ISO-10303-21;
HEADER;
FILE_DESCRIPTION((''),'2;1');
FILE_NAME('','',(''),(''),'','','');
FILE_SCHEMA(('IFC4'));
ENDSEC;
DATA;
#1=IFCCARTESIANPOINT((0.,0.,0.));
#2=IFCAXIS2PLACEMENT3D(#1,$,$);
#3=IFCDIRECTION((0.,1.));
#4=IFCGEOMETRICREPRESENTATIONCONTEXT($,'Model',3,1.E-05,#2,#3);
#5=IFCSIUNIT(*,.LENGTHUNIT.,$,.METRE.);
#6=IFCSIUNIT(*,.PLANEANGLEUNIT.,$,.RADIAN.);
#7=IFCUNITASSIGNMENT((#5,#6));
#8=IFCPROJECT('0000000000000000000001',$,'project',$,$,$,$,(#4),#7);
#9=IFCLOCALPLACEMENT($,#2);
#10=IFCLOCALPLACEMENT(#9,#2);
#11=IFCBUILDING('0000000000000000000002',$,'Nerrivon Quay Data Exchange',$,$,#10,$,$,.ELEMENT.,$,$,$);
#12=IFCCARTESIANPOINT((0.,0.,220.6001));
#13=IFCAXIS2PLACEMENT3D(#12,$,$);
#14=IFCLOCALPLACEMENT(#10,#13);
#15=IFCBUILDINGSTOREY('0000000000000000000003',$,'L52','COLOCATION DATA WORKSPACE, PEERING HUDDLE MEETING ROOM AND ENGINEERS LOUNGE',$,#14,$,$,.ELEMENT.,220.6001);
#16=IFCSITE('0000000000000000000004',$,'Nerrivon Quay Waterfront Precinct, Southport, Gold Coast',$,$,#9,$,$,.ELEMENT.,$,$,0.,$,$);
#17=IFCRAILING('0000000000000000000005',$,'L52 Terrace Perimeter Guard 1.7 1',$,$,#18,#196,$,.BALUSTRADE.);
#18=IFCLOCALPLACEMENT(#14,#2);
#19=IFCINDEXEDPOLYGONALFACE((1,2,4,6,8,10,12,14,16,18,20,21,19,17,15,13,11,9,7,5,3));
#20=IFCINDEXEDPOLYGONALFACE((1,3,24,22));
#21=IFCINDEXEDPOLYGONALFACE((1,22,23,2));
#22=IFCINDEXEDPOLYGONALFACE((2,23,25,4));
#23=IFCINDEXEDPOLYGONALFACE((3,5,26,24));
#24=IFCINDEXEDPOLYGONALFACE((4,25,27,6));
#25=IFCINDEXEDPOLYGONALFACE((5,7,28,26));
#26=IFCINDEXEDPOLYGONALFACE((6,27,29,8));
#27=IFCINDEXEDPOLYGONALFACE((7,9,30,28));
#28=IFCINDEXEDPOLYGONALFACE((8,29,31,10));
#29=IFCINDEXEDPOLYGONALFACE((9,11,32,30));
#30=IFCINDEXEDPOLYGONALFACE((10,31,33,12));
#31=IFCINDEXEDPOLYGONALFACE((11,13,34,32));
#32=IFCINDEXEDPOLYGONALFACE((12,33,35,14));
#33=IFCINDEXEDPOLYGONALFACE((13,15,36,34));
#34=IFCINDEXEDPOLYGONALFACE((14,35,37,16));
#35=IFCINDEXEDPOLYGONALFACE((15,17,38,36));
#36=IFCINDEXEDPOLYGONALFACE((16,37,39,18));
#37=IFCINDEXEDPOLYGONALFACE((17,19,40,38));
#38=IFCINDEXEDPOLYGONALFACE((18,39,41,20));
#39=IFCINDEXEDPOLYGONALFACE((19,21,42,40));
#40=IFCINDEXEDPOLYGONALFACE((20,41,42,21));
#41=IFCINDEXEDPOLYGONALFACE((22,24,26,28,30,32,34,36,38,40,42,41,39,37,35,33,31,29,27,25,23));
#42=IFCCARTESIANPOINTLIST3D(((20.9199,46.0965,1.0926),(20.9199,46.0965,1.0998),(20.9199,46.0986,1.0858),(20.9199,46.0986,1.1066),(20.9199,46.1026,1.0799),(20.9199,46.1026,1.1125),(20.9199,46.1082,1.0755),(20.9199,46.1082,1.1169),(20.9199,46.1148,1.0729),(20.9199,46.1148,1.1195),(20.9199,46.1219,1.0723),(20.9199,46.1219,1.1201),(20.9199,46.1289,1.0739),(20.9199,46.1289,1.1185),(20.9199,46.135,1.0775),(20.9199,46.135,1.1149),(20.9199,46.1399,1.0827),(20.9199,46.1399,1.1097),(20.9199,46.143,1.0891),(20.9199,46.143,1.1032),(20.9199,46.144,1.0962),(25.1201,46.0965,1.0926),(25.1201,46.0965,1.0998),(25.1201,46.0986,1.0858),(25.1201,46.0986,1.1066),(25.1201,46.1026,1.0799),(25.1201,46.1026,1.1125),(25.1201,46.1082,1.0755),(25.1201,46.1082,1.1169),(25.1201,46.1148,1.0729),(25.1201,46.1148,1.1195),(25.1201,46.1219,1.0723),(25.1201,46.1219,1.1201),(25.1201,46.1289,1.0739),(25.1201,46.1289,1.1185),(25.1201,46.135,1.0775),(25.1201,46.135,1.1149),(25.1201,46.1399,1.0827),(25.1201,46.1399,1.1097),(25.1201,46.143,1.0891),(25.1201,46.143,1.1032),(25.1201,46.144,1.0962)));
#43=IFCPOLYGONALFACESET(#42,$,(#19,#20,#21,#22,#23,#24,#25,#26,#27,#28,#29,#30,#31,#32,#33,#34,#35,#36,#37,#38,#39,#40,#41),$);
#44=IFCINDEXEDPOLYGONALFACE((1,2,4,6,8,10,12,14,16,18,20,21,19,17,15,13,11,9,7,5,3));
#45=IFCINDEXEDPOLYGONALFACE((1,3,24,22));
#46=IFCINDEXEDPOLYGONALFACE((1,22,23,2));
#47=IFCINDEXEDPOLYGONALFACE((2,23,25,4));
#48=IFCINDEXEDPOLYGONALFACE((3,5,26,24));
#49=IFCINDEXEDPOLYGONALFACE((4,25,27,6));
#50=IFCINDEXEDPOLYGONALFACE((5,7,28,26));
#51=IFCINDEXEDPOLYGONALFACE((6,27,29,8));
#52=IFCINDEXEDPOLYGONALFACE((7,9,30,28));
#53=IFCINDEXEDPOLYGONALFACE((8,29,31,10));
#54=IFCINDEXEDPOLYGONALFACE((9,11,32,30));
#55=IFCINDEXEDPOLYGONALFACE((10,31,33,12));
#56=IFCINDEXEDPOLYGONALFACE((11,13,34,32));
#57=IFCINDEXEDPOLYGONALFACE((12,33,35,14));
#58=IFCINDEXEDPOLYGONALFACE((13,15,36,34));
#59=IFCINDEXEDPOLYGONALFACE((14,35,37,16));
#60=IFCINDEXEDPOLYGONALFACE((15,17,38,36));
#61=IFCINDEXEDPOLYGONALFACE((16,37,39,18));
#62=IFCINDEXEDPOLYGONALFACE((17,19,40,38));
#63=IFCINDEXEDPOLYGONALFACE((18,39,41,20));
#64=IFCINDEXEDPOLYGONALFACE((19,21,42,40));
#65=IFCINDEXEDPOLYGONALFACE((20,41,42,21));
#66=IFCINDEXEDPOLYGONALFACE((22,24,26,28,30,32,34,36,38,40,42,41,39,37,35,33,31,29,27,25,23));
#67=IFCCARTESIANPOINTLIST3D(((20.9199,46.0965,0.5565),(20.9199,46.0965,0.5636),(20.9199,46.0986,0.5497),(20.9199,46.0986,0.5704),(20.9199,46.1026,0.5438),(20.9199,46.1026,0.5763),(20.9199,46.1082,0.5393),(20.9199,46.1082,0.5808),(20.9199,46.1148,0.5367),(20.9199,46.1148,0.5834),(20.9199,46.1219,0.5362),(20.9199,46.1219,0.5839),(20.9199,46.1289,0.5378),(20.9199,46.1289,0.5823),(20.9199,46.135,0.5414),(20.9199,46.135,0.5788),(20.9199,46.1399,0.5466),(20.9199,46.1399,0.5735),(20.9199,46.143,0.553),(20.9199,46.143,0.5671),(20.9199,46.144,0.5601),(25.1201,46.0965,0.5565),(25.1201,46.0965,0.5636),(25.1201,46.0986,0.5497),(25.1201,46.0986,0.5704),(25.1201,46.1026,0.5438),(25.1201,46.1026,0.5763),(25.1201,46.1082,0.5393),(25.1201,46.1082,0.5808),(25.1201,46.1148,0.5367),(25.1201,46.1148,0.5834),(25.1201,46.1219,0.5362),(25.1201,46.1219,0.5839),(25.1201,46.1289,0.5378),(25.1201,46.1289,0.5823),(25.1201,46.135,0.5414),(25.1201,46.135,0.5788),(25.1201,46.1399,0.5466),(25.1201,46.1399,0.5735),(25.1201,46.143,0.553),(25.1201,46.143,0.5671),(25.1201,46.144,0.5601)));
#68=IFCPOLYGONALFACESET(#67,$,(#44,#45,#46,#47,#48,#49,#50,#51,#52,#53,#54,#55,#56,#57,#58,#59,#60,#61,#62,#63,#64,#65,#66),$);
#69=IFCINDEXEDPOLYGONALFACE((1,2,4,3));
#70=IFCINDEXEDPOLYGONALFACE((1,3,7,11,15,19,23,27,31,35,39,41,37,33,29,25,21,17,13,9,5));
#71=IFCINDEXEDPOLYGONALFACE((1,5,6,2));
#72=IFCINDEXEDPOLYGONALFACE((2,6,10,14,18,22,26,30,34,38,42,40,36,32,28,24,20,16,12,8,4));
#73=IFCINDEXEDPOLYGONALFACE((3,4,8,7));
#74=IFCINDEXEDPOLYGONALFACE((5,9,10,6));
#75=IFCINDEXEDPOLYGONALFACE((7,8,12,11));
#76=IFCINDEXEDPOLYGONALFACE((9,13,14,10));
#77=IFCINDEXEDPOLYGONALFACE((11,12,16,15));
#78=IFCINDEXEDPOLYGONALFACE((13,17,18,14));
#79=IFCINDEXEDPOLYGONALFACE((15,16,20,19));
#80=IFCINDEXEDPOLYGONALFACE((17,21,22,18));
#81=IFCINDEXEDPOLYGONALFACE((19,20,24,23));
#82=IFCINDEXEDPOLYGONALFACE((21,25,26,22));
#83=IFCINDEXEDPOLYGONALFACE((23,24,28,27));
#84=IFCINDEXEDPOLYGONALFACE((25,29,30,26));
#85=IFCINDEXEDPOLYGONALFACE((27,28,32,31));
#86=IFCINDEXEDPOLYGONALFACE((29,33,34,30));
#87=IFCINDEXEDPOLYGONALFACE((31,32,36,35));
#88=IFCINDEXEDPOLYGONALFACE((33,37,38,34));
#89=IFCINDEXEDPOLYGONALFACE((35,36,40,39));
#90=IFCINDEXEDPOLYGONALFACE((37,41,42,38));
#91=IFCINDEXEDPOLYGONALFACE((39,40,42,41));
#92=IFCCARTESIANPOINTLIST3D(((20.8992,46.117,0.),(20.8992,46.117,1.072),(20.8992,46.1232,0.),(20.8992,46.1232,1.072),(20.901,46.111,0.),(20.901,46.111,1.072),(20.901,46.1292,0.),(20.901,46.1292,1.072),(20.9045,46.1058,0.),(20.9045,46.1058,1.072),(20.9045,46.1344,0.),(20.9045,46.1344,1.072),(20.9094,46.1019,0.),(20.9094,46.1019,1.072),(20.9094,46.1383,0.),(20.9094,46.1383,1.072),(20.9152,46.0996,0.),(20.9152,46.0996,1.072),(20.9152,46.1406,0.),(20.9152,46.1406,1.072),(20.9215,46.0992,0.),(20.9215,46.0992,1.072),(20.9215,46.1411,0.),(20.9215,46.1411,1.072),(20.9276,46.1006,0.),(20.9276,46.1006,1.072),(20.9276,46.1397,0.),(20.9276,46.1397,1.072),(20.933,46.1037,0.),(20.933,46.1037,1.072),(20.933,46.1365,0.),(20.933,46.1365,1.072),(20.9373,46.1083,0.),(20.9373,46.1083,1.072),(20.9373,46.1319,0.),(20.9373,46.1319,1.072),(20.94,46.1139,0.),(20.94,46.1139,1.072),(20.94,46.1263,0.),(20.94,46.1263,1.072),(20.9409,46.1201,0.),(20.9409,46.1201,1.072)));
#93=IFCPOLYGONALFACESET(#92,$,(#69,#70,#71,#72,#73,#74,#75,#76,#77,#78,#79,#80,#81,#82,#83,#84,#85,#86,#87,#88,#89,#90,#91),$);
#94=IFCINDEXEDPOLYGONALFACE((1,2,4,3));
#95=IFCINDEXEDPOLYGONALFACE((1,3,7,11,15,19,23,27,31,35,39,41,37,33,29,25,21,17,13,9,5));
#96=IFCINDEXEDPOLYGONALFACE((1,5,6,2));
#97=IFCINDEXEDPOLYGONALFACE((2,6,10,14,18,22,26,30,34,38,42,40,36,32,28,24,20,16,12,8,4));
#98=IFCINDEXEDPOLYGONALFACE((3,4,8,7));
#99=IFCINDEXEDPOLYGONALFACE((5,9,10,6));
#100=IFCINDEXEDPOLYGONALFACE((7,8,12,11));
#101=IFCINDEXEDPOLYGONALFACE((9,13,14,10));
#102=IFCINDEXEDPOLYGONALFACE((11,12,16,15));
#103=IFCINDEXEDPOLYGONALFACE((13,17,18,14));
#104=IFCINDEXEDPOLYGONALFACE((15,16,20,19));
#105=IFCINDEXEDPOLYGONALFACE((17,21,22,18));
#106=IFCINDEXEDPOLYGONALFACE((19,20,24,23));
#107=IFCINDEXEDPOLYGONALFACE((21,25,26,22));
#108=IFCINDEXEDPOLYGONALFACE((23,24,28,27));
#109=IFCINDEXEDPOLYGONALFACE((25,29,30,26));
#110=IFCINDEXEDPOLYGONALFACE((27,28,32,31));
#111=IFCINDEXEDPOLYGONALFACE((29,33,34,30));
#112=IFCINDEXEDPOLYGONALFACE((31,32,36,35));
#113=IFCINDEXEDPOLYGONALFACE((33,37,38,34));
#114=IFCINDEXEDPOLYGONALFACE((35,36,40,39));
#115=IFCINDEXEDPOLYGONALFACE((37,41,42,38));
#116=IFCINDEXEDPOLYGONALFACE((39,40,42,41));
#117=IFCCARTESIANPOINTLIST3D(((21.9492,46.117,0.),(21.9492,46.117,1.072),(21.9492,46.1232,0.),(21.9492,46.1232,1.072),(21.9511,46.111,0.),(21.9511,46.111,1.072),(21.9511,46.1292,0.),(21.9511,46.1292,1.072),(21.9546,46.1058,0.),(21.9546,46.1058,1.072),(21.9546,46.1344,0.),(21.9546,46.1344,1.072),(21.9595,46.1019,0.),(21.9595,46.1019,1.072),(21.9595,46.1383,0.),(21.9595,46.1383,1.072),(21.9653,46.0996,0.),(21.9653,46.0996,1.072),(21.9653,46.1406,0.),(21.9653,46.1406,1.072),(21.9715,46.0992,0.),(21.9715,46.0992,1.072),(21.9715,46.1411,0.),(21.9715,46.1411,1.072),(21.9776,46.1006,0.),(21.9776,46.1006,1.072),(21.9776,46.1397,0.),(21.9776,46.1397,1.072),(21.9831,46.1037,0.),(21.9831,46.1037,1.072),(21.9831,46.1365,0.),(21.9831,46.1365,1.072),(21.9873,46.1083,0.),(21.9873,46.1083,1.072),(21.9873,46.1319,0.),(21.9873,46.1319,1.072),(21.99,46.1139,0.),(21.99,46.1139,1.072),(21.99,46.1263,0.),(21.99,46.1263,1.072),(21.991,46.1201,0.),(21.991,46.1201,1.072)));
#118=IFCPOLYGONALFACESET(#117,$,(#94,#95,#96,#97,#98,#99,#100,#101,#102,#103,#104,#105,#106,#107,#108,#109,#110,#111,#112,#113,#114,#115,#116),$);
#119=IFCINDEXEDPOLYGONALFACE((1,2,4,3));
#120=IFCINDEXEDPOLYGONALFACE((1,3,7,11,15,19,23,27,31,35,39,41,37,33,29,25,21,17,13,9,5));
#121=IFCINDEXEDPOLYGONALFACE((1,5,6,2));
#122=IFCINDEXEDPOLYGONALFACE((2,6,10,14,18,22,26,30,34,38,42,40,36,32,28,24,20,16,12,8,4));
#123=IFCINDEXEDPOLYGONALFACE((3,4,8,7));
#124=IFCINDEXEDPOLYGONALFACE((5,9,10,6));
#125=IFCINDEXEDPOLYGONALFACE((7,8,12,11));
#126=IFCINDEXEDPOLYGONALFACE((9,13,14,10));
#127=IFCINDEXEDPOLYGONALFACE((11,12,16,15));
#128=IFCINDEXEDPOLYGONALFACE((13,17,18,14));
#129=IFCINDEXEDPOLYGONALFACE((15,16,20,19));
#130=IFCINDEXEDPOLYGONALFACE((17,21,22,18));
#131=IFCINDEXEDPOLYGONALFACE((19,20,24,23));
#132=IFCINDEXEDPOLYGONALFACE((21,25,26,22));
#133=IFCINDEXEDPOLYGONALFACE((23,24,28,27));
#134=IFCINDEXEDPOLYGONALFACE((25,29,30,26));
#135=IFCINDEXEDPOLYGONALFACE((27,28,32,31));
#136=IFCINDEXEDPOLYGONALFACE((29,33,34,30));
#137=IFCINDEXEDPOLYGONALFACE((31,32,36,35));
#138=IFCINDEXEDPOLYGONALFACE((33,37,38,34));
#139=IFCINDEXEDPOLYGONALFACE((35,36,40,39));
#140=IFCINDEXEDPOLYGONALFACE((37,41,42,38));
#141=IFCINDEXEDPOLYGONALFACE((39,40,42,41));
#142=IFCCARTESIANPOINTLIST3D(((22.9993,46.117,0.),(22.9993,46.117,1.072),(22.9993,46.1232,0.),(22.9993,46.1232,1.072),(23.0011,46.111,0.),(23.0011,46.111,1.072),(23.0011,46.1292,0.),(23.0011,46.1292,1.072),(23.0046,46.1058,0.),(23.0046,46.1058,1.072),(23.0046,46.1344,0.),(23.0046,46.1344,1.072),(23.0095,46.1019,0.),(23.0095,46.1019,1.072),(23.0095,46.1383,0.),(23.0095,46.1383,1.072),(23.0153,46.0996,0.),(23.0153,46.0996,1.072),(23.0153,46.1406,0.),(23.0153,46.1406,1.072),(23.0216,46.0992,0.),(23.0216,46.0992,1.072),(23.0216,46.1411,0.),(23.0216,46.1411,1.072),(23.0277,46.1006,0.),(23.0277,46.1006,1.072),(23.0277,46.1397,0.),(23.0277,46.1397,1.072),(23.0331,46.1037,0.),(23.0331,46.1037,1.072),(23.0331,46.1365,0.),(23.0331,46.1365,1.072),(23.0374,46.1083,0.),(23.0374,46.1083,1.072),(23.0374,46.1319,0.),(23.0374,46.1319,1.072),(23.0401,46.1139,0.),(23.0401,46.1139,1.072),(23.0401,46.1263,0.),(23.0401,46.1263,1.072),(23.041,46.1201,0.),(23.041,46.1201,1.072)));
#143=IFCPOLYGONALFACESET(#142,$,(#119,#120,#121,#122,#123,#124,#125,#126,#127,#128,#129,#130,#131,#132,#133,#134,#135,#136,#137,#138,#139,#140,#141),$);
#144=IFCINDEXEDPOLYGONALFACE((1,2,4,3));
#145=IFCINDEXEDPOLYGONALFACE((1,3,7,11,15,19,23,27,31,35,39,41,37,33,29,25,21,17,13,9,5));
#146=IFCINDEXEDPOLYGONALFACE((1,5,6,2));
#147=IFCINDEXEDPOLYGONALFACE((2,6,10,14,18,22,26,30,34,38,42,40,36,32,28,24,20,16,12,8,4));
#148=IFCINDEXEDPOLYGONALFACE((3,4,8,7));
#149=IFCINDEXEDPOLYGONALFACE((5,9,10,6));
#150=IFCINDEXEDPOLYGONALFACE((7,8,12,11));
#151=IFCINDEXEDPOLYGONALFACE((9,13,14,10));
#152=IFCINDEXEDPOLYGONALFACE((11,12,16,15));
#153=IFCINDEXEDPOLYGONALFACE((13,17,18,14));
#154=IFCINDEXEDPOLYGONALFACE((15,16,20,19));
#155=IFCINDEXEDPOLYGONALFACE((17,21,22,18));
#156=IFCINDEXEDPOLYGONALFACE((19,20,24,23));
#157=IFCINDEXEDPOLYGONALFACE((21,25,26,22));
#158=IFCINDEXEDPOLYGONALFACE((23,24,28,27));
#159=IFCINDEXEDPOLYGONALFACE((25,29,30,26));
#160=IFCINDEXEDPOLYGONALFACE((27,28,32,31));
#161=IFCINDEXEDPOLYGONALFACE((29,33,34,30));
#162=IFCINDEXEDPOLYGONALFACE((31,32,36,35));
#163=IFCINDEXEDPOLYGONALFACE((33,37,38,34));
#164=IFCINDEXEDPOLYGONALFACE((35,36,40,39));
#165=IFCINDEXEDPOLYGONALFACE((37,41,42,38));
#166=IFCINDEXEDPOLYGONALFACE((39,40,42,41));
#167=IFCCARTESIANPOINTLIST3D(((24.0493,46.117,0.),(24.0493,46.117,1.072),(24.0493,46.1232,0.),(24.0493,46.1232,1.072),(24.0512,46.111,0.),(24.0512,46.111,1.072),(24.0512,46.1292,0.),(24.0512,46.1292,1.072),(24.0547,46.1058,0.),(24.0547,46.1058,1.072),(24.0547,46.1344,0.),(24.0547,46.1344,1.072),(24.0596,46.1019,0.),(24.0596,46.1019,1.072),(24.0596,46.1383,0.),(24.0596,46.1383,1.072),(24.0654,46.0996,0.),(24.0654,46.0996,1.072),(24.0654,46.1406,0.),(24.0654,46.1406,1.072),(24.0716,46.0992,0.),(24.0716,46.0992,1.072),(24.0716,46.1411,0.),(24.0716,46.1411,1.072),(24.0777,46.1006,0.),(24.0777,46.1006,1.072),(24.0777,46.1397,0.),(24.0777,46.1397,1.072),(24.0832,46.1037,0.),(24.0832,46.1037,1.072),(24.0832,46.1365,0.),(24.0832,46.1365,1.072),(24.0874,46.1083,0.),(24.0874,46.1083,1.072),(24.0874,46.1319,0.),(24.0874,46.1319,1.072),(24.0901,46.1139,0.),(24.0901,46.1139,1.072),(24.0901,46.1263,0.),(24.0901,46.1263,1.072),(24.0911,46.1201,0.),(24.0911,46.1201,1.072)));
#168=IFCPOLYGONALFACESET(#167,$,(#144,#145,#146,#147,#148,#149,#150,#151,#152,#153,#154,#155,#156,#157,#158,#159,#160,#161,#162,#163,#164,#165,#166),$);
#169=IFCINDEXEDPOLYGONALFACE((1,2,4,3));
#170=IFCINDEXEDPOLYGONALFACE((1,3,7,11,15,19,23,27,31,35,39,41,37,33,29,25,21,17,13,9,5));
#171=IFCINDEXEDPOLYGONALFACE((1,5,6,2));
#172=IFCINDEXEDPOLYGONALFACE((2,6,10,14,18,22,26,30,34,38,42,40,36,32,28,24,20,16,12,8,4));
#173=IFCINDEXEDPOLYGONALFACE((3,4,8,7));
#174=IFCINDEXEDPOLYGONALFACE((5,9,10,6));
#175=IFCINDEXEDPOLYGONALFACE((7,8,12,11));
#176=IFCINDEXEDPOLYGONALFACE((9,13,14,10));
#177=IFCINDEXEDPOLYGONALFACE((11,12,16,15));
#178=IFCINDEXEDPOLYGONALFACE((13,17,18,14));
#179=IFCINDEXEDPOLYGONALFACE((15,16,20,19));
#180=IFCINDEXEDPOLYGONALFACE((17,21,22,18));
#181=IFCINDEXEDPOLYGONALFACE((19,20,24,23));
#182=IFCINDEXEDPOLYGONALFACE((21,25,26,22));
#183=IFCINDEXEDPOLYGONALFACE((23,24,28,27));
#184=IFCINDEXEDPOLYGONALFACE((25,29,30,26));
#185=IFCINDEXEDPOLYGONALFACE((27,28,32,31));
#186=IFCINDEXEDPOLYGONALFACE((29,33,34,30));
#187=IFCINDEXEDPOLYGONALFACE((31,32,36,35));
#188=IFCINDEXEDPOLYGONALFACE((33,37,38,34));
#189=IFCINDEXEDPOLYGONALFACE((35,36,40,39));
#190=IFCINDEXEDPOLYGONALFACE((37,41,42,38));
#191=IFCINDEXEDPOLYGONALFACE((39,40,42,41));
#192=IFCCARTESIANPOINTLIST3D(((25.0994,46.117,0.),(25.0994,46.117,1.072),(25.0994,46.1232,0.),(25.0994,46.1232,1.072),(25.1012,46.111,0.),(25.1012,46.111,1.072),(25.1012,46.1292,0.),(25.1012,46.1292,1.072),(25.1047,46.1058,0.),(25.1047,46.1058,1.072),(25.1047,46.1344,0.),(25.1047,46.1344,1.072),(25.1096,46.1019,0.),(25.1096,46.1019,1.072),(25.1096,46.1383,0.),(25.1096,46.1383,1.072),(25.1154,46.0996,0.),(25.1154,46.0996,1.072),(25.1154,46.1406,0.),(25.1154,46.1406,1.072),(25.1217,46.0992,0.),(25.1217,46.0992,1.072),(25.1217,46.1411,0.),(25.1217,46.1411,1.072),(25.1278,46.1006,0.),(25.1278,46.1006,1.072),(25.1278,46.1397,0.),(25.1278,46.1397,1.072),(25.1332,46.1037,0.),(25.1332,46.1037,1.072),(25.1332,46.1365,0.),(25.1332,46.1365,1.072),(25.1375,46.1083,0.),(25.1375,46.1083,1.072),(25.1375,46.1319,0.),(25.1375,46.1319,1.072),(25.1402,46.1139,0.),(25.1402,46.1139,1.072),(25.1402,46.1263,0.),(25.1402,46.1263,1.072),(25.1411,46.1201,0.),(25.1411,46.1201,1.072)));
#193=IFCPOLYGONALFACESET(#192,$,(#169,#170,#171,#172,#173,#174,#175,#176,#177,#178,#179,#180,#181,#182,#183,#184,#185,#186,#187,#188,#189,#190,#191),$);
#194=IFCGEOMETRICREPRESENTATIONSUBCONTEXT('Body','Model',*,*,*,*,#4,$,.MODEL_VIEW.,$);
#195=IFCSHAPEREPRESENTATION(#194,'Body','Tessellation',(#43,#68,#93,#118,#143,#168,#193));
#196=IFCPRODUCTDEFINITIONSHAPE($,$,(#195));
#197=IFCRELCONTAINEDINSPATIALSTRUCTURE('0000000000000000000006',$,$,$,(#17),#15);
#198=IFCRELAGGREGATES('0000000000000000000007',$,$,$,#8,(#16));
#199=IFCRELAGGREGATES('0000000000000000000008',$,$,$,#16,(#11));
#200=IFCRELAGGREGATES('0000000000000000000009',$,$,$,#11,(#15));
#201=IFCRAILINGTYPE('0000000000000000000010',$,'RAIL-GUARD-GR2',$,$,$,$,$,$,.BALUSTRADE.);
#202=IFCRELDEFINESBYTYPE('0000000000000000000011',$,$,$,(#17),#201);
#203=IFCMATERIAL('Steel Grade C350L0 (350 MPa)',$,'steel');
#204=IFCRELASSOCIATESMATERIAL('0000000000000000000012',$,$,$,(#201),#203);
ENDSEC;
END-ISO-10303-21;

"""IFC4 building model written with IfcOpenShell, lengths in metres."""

from ifc_helpers import new_model, si_unit, direction, frame, origin, origin_2d, place, context, subcontext, project, spatial, circle, extrude, material, type_object, element, save


model = new_model("IFC4")

# Units and contexts
model_context = context("Model", 3, precision=1e-05, world=origin(), true_north=direction((0.0, 1.0)))
body_context = subcontext(model_context, "Body", "Model", "MODEL_VIEW")
ifc_project = project(units=[si_unit("LENGTHUNIT", "METRE"), si_unit("PLANEANGLEUNIT", "RADIAN")], contexts=[model_context])

# Site, building, storey
site_placement = place(None, origin())
site = spatial("IfcSite", under=ifc_project, at=site_placement, Name="Nerrivon Quay Waterfront Precinct, Southport, Gold Coast", CompositionType="ELEMENT", RefElevation=0.0)
building_placement = place(site_placement, origin())
building = spatial("IfcBuilding", under=site, at=building_placement, Name="Nerrivon Quay Data Exchange", CompositionType="ELEMENT")
storey_placement = place(building_placement, frame((0.0, 0.0, 220.6001)))
storey = spatial("IfcBuildingStorey", under=building, at=storey_placement, Name="L52", Description="COLOCATION DATA WORKSPACE, PEERING HUDDLE MEETING ROOM AND ENGINEERS LOUNGE", CompositionType="ELEMENT", Elevation=220.6001)

# Railing
ifc_material_1 = material(Name="Steel Grade C350L0 (350 MPa)", Category="steel")
railing_type = type_object("IfcRailingType", Name="RAIL-GUARD-GR2", PredefinedType="BALUSTRADE", material=ifc_material_1)
railing_1_placement = place(storey_placement, frame((20.9199, 46.1201, 0.0)))
element("IfcRailing", 1, at=railing_1_placement, inside=storey, type_object=railing_type, Name="L52 Terrace Perimeter Guard 1.7 1", PredefinedType="BALUSTRADE", context=body_context, shape_type="SweptSolid", body=[
    extrude(circle(Radius=0.0239, at=origin_2d()), frame((0.0, 0.0, 1.0962), z_axis=(1.0, 0.0, 0.0), x_axis=(0.0, 1.0, 0.0)), (0.0, 0.0, 1.0), 4.2002),
    extrude(circle(Radius=0.0239, at=origin_2d()), frame((0.0, 0.0, 0.5601), z_axis=(1.0, 0.0, 0.0), x_axis=(0.0, 1.0, 0.0)), (0.0, 0.0, 1.0), 4.2002),
    extrude(circle(Radius=0.021, at=origin_2d()), origin(), (0.0, 0.0, 1.0), 1.072),
    extrude(circle(Radius=0.021, at=origin_2d()), frame((1.05, 0.0, 0.0)), (0.0, 0.0, 1.0), 1.072),
    extrude(circle(Radius=0.021, at=origin_2d()), frame((2.1001, 0.0, 0.0)), (0.0, 0.0, 1.0), 1.072),
    extrude(circle(Radius=0.021, at=origin_2d()), frame((3.1501, 0.0, 0.0)), (0.0, 0.0, 1.0), 1.072),
    extrude(circle(Radius=0.021, at=origin_2d()), frame((4.2002, 0.0, 0.0)), (0.0, 0.0, 1.0), 1.072),
])

save(model, "model.ifc")
